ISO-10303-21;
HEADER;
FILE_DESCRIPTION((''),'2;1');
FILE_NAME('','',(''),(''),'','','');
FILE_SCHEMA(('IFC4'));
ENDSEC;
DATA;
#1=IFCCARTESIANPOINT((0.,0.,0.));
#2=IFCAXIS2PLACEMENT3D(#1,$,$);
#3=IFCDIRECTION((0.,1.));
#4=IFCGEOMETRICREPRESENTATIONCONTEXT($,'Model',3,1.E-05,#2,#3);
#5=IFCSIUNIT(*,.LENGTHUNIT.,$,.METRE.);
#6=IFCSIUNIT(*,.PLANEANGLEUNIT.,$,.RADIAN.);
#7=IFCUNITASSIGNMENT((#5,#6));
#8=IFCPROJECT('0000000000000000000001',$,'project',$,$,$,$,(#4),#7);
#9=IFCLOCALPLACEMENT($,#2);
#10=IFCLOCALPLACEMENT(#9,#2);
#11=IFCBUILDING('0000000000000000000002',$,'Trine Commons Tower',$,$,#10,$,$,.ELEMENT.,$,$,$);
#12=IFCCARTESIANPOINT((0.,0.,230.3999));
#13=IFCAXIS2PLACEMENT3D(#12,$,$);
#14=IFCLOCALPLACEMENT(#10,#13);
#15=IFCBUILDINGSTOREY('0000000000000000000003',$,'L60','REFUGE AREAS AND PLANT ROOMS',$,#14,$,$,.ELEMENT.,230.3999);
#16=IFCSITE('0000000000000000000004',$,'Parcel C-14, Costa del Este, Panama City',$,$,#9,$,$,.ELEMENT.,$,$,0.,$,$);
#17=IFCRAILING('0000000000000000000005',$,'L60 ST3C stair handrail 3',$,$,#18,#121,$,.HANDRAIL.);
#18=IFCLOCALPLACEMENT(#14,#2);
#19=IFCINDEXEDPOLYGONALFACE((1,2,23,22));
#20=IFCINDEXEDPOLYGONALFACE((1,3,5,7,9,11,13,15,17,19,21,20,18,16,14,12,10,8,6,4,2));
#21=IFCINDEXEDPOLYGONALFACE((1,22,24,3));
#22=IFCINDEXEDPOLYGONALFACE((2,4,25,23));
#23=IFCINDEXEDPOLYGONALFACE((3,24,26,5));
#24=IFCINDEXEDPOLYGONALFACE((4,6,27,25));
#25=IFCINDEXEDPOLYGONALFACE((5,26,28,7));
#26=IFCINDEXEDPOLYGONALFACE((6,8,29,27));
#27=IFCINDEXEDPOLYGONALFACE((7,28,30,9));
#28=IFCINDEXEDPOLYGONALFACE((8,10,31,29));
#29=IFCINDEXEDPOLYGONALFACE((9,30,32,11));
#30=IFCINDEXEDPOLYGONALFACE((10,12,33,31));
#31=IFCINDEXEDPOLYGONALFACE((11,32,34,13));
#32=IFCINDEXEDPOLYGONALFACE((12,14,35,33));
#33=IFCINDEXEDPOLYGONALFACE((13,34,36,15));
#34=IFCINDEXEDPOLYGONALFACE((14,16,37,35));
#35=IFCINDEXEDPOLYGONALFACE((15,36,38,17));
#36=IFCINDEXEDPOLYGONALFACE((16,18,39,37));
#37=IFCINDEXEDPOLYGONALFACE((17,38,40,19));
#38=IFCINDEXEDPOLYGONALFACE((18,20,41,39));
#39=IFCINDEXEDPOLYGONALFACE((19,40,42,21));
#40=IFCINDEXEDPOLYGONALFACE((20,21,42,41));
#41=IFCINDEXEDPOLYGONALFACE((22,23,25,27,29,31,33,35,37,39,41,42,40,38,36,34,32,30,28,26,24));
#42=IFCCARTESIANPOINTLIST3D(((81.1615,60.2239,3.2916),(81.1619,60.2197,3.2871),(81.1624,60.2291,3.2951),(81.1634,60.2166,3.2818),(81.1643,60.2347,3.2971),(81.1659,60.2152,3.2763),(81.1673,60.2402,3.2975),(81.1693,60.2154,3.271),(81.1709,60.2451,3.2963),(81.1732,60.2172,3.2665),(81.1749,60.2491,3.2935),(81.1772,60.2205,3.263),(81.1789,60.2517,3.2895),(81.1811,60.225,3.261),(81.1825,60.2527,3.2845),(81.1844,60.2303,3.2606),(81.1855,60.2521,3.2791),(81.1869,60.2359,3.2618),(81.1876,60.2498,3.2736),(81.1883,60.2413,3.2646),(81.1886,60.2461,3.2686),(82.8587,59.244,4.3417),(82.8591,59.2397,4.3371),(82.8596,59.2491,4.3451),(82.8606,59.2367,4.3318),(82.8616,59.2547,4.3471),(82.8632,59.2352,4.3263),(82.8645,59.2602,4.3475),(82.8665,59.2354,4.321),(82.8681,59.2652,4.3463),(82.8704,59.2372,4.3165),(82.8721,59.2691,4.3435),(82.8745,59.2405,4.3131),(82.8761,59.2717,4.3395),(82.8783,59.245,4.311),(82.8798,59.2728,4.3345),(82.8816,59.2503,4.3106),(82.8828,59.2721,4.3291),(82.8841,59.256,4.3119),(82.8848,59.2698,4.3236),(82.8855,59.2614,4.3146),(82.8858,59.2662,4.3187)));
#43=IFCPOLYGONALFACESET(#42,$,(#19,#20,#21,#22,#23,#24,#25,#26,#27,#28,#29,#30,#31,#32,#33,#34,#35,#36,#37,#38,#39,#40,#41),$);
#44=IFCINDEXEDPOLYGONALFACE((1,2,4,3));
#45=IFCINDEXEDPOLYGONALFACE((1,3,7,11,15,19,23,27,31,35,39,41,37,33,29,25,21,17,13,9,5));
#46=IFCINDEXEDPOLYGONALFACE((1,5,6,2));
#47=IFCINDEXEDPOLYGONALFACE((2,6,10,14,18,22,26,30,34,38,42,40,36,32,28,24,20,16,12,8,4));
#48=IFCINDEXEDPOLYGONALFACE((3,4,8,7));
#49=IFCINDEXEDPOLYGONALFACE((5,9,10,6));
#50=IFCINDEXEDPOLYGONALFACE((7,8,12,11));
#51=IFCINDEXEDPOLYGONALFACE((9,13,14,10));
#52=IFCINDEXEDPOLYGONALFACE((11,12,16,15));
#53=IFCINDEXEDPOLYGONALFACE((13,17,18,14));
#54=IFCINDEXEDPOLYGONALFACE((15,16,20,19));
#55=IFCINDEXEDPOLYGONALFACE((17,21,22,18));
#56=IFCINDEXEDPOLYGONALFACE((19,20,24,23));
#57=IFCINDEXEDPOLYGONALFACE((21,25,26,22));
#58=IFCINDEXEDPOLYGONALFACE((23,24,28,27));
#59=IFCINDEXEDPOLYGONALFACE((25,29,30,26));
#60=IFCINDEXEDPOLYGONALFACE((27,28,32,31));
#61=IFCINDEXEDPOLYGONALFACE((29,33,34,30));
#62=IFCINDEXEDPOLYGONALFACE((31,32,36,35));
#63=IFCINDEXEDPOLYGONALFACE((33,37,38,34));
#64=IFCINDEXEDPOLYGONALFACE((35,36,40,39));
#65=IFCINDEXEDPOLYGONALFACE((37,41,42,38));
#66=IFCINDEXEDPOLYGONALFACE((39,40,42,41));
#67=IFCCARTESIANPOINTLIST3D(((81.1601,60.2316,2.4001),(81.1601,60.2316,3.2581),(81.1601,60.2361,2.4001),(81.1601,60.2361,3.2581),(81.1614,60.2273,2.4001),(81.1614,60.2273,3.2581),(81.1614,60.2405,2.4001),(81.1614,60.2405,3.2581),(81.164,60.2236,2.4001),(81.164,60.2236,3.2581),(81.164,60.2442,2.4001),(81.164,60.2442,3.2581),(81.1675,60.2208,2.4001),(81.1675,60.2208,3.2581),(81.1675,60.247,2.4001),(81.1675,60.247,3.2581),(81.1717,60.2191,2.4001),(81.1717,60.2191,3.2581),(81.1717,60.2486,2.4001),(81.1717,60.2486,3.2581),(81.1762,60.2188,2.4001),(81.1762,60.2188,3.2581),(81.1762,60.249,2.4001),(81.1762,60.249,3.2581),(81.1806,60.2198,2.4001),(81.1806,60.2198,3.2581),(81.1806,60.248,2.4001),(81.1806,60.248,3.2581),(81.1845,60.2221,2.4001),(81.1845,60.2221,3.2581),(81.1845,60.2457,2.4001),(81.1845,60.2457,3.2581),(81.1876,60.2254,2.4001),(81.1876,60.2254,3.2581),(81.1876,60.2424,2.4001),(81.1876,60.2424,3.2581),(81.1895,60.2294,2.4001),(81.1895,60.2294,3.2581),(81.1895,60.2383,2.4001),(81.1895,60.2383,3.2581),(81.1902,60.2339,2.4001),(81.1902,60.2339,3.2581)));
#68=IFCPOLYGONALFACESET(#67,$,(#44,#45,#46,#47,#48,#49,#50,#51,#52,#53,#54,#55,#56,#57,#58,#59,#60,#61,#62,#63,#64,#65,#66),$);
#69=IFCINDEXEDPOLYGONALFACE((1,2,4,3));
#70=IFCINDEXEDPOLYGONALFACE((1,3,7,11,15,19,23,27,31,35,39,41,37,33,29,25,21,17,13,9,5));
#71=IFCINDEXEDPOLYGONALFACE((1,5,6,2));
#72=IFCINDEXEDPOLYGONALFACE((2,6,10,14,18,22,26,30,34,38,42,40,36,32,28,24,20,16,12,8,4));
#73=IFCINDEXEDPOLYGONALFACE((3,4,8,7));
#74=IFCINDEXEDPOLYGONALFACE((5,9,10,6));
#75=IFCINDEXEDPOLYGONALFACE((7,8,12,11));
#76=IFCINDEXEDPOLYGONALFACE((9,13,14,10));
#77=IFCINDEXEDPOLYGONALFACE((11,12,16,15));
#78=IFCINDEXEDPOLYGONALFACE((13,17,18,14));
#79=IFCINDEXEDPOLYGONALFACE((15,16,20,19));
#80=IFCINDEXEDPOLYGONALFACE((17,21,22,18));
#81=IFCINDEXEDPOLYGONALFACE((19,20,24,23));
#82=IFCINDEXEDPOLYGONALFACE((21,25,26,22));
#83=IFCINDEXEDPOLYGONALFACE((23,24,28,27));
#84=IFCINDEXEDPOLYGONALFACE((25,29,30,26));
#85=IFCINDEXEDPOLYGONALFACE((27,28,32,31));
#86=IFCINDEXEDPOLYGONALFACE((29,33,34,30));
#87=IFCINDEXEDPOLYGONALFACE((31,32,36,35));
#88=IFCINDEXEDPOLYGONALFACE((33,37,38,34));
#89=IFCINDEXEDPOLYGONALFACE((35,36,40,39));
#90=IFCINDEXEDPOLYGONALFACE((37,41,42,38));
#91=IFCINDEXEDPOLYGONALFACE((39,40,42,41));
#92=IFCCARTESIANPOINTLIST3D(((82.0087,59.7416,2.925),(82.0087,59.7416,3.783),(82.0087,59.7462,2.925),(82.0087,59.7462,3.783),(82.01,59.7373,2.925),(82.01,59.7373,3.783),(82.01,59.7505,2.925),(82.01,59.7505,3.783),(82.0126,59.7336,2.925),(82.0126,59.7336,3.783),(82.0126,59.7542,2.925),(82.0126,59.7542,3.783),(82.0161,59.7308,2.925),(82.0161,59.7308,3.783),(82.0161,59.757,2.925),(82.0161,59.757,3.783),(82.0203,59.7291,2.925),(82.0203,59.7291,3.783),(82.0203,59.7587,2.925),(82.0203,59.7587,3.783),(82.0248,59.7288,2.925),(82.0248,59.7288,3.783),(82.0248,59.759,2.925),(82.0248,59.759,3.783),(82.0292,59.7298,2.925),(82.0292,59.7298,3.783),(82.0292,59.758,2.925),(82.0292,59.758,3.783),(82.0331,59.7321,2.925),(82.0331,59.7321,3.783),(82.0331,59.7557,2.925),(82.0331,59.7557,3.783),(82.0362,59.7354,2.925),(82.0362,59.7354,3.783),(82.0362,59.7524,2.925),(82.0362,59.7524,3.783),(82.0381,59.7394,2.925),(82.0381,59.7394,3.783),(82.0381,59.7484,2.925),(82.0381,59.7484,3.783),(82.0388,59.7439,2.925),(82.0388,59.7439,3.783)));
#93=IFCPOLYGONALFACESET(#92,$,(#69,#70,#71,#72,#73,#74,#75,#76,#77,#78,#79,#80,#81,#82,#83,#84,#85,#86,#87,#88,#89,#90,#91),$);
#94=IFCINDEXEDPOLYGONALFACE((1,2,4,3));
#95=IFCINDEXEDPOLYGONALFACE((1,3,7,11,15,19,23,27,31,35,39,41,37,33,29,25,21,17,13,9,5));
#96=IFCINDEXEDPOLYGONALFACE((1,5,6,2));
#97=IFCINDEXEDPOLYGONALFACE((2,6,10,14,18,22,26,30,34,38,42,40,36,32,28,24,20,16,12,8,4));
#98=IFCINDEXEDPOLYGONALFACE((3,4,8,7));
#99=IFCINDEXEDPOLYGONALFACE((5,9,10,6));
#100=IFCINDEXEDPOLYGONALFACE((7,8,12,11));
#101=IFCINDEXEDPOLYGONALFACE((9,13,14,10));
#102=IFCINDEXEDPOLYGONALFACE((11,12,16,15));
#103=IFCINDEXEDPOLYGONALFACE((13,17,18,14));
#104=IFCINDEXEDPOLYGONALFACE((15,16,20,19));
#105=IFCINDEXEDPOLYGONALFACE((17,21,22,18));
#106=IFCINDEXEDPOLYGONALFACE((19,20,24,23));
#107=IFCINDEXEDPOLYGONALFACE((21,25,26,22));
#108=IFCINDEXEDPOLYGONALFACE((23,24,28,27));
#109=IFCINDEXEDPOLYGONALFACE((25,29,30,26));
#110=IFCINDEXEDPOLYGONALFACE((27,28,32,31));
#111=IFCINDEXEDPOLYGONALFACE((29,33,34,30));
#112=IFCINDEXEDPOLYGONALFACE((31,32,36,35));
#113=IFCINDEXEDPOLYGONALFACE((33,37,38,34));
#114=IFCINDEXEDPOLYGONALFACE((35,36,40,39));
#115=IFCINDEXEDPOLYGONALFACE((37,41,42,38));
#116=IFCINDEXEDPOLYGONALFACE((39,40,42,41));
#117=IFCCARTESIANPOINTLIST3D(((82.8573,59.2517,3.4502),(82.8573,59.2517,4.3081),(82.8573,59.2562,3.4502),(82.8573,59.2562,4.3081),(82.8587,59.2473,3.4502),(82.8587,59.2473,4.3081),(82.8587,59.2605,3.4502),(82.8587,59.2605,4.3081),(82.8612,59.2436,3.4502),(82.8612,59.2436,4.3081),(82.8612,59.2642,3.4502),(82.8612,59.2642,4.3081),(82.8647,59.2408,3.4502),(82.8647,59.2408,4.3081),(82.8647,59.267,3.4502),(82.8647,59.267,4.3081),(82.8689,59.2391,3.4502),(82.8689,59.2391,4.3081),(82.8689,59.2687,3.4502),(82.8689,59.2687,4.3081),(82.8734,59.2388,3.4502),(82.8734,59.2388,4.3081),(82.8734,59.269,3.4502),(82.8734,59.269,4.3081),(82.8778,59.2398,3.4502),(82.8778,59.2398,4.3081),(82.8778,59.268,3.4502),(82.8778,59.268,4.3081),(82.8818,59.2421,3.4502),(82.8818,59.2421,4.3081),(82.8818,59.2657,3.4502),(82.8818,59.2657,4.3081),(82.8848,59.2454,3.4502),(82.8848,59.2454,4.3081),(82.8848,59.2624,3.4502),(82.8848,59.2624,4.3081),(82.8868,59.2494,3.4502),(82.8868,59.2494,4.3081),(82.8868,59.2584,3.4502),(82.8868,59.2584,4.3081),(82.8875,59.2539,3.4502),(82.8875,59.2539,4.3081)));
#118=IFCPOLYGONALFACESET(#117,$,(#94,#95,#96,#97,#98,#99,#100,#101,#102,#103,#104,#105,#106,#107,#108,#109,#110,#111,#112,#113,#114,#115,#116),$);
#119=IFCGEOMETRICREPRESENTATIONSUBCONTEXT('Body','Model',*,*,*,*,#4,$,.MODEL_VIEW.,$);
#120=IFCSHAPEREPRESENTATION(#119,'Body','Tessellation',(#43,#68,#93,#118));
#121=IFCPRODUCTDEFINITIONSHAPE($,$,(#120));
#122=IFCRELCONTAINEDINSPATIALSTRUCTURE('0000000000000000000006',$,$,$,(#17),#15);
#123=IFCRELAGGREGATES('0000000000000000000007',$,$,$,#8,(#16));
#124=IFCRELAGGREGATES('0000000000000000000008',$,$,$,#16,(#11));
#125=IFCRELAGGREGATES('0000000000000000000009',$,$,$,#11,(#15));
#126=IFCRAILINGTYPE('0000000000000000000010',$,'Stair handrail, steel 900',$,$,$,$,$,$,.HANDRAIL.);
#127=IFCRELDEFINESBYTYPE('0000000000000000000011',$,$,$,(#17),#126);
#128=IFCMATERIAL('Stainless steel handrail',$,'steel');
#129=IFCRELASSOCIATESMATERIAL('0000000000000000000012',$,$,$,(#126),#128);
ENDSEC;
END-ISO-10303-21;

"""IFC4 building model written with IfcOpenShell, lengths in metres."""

from ifc_helpers import new_model, si_unit, direction, frame, origin, origin_2d, place, context, subcontext, project, spatial, circle, extrude, material, type_object, element, save


model = new_model("IFC4")

# Units and contexts
model_context = context("Model", 3, precision=1e-05, world=origin(), true_north=direction((0.0, 1.0)))
body_context = subcontext(model_context, "Body", "Model", "MODEL_VIEW")
ifc_project = project(units=[si_unit("LENGTHUNIT", "METRE"), si_unit("PLANEANGLEUNIT", "RADIAN")], contexts=[model_context])

# Site, building, storey
site_placement = place(None, origin())
site = spatial("IfcSite", under=ifc_project, at=site_placement, Name="Parcel C-14, Costa del Este, Panama City", CompositionType="ELEMENT", RefElevation=0.0)
building_placement = place(site_placement, origin())
building = spatial("IfcBuilding", under=site, at=building_placement, Name="Trine Commons Tower", CompositionType="ELEMENT")
storey_placement = place(building_placement, frame((0.0, 0.0, 230.3999)))
storey = spatial("IfcBuildingStorey", under=building, at=storey_placement, Name="L60", Description="REFUGE AREAS AND PLANT ROOMS", CompositionType="ELEMENT", Elevation=230.3999)

# Railing
ifc_material_1 = material(Name="Stainless steel handrail", Category="steel")
railing_type_1 = type_object("IfcRailingType", Name="Stair handrail, steel 900", PredefinedType="HANDRAIL", material=ifc_material_1)
railing_1_placement = place(storey_placement, frame((81.175, 60.2339, 2.4001)))
element("IfcRailing", 1, at=railing_1_placement, inside=storey, type_object=railing_type_1, Name="L60 ST3C stair handrail 3", PredefinedType="HANDRAIL", context=body_context, shape_type="SweptSolid", body=[
    extrude(circle(Radius=0.021, at=origin_2d()), frame((0.0, 0.0, 0.8789), z_axis=(0.763352, -0.44075, 0.472264), x_axis=(0.500024, 0.866011, 0.0)), (0.0, 0.0, 1.0), 2.2234),
    extrude(circle(Radius=0.0151, at=origin_2d()), origin(), (0.0, 0.0, 1.0), 0.8579),
    extrude(circle(Radius=0.0151, at=origin_2d()), frame((0.8486, -0.49, 0.5249)), (0.0, 0.0, 1.0), 0.8579),
    extrude(circle(Radius=0.0151, at=origin_2d()), frame((1.6973, -0.98, 1.05)), (0.0, 0.0, 1.0), 0.8579),
])

save(model, "model.ifc")
